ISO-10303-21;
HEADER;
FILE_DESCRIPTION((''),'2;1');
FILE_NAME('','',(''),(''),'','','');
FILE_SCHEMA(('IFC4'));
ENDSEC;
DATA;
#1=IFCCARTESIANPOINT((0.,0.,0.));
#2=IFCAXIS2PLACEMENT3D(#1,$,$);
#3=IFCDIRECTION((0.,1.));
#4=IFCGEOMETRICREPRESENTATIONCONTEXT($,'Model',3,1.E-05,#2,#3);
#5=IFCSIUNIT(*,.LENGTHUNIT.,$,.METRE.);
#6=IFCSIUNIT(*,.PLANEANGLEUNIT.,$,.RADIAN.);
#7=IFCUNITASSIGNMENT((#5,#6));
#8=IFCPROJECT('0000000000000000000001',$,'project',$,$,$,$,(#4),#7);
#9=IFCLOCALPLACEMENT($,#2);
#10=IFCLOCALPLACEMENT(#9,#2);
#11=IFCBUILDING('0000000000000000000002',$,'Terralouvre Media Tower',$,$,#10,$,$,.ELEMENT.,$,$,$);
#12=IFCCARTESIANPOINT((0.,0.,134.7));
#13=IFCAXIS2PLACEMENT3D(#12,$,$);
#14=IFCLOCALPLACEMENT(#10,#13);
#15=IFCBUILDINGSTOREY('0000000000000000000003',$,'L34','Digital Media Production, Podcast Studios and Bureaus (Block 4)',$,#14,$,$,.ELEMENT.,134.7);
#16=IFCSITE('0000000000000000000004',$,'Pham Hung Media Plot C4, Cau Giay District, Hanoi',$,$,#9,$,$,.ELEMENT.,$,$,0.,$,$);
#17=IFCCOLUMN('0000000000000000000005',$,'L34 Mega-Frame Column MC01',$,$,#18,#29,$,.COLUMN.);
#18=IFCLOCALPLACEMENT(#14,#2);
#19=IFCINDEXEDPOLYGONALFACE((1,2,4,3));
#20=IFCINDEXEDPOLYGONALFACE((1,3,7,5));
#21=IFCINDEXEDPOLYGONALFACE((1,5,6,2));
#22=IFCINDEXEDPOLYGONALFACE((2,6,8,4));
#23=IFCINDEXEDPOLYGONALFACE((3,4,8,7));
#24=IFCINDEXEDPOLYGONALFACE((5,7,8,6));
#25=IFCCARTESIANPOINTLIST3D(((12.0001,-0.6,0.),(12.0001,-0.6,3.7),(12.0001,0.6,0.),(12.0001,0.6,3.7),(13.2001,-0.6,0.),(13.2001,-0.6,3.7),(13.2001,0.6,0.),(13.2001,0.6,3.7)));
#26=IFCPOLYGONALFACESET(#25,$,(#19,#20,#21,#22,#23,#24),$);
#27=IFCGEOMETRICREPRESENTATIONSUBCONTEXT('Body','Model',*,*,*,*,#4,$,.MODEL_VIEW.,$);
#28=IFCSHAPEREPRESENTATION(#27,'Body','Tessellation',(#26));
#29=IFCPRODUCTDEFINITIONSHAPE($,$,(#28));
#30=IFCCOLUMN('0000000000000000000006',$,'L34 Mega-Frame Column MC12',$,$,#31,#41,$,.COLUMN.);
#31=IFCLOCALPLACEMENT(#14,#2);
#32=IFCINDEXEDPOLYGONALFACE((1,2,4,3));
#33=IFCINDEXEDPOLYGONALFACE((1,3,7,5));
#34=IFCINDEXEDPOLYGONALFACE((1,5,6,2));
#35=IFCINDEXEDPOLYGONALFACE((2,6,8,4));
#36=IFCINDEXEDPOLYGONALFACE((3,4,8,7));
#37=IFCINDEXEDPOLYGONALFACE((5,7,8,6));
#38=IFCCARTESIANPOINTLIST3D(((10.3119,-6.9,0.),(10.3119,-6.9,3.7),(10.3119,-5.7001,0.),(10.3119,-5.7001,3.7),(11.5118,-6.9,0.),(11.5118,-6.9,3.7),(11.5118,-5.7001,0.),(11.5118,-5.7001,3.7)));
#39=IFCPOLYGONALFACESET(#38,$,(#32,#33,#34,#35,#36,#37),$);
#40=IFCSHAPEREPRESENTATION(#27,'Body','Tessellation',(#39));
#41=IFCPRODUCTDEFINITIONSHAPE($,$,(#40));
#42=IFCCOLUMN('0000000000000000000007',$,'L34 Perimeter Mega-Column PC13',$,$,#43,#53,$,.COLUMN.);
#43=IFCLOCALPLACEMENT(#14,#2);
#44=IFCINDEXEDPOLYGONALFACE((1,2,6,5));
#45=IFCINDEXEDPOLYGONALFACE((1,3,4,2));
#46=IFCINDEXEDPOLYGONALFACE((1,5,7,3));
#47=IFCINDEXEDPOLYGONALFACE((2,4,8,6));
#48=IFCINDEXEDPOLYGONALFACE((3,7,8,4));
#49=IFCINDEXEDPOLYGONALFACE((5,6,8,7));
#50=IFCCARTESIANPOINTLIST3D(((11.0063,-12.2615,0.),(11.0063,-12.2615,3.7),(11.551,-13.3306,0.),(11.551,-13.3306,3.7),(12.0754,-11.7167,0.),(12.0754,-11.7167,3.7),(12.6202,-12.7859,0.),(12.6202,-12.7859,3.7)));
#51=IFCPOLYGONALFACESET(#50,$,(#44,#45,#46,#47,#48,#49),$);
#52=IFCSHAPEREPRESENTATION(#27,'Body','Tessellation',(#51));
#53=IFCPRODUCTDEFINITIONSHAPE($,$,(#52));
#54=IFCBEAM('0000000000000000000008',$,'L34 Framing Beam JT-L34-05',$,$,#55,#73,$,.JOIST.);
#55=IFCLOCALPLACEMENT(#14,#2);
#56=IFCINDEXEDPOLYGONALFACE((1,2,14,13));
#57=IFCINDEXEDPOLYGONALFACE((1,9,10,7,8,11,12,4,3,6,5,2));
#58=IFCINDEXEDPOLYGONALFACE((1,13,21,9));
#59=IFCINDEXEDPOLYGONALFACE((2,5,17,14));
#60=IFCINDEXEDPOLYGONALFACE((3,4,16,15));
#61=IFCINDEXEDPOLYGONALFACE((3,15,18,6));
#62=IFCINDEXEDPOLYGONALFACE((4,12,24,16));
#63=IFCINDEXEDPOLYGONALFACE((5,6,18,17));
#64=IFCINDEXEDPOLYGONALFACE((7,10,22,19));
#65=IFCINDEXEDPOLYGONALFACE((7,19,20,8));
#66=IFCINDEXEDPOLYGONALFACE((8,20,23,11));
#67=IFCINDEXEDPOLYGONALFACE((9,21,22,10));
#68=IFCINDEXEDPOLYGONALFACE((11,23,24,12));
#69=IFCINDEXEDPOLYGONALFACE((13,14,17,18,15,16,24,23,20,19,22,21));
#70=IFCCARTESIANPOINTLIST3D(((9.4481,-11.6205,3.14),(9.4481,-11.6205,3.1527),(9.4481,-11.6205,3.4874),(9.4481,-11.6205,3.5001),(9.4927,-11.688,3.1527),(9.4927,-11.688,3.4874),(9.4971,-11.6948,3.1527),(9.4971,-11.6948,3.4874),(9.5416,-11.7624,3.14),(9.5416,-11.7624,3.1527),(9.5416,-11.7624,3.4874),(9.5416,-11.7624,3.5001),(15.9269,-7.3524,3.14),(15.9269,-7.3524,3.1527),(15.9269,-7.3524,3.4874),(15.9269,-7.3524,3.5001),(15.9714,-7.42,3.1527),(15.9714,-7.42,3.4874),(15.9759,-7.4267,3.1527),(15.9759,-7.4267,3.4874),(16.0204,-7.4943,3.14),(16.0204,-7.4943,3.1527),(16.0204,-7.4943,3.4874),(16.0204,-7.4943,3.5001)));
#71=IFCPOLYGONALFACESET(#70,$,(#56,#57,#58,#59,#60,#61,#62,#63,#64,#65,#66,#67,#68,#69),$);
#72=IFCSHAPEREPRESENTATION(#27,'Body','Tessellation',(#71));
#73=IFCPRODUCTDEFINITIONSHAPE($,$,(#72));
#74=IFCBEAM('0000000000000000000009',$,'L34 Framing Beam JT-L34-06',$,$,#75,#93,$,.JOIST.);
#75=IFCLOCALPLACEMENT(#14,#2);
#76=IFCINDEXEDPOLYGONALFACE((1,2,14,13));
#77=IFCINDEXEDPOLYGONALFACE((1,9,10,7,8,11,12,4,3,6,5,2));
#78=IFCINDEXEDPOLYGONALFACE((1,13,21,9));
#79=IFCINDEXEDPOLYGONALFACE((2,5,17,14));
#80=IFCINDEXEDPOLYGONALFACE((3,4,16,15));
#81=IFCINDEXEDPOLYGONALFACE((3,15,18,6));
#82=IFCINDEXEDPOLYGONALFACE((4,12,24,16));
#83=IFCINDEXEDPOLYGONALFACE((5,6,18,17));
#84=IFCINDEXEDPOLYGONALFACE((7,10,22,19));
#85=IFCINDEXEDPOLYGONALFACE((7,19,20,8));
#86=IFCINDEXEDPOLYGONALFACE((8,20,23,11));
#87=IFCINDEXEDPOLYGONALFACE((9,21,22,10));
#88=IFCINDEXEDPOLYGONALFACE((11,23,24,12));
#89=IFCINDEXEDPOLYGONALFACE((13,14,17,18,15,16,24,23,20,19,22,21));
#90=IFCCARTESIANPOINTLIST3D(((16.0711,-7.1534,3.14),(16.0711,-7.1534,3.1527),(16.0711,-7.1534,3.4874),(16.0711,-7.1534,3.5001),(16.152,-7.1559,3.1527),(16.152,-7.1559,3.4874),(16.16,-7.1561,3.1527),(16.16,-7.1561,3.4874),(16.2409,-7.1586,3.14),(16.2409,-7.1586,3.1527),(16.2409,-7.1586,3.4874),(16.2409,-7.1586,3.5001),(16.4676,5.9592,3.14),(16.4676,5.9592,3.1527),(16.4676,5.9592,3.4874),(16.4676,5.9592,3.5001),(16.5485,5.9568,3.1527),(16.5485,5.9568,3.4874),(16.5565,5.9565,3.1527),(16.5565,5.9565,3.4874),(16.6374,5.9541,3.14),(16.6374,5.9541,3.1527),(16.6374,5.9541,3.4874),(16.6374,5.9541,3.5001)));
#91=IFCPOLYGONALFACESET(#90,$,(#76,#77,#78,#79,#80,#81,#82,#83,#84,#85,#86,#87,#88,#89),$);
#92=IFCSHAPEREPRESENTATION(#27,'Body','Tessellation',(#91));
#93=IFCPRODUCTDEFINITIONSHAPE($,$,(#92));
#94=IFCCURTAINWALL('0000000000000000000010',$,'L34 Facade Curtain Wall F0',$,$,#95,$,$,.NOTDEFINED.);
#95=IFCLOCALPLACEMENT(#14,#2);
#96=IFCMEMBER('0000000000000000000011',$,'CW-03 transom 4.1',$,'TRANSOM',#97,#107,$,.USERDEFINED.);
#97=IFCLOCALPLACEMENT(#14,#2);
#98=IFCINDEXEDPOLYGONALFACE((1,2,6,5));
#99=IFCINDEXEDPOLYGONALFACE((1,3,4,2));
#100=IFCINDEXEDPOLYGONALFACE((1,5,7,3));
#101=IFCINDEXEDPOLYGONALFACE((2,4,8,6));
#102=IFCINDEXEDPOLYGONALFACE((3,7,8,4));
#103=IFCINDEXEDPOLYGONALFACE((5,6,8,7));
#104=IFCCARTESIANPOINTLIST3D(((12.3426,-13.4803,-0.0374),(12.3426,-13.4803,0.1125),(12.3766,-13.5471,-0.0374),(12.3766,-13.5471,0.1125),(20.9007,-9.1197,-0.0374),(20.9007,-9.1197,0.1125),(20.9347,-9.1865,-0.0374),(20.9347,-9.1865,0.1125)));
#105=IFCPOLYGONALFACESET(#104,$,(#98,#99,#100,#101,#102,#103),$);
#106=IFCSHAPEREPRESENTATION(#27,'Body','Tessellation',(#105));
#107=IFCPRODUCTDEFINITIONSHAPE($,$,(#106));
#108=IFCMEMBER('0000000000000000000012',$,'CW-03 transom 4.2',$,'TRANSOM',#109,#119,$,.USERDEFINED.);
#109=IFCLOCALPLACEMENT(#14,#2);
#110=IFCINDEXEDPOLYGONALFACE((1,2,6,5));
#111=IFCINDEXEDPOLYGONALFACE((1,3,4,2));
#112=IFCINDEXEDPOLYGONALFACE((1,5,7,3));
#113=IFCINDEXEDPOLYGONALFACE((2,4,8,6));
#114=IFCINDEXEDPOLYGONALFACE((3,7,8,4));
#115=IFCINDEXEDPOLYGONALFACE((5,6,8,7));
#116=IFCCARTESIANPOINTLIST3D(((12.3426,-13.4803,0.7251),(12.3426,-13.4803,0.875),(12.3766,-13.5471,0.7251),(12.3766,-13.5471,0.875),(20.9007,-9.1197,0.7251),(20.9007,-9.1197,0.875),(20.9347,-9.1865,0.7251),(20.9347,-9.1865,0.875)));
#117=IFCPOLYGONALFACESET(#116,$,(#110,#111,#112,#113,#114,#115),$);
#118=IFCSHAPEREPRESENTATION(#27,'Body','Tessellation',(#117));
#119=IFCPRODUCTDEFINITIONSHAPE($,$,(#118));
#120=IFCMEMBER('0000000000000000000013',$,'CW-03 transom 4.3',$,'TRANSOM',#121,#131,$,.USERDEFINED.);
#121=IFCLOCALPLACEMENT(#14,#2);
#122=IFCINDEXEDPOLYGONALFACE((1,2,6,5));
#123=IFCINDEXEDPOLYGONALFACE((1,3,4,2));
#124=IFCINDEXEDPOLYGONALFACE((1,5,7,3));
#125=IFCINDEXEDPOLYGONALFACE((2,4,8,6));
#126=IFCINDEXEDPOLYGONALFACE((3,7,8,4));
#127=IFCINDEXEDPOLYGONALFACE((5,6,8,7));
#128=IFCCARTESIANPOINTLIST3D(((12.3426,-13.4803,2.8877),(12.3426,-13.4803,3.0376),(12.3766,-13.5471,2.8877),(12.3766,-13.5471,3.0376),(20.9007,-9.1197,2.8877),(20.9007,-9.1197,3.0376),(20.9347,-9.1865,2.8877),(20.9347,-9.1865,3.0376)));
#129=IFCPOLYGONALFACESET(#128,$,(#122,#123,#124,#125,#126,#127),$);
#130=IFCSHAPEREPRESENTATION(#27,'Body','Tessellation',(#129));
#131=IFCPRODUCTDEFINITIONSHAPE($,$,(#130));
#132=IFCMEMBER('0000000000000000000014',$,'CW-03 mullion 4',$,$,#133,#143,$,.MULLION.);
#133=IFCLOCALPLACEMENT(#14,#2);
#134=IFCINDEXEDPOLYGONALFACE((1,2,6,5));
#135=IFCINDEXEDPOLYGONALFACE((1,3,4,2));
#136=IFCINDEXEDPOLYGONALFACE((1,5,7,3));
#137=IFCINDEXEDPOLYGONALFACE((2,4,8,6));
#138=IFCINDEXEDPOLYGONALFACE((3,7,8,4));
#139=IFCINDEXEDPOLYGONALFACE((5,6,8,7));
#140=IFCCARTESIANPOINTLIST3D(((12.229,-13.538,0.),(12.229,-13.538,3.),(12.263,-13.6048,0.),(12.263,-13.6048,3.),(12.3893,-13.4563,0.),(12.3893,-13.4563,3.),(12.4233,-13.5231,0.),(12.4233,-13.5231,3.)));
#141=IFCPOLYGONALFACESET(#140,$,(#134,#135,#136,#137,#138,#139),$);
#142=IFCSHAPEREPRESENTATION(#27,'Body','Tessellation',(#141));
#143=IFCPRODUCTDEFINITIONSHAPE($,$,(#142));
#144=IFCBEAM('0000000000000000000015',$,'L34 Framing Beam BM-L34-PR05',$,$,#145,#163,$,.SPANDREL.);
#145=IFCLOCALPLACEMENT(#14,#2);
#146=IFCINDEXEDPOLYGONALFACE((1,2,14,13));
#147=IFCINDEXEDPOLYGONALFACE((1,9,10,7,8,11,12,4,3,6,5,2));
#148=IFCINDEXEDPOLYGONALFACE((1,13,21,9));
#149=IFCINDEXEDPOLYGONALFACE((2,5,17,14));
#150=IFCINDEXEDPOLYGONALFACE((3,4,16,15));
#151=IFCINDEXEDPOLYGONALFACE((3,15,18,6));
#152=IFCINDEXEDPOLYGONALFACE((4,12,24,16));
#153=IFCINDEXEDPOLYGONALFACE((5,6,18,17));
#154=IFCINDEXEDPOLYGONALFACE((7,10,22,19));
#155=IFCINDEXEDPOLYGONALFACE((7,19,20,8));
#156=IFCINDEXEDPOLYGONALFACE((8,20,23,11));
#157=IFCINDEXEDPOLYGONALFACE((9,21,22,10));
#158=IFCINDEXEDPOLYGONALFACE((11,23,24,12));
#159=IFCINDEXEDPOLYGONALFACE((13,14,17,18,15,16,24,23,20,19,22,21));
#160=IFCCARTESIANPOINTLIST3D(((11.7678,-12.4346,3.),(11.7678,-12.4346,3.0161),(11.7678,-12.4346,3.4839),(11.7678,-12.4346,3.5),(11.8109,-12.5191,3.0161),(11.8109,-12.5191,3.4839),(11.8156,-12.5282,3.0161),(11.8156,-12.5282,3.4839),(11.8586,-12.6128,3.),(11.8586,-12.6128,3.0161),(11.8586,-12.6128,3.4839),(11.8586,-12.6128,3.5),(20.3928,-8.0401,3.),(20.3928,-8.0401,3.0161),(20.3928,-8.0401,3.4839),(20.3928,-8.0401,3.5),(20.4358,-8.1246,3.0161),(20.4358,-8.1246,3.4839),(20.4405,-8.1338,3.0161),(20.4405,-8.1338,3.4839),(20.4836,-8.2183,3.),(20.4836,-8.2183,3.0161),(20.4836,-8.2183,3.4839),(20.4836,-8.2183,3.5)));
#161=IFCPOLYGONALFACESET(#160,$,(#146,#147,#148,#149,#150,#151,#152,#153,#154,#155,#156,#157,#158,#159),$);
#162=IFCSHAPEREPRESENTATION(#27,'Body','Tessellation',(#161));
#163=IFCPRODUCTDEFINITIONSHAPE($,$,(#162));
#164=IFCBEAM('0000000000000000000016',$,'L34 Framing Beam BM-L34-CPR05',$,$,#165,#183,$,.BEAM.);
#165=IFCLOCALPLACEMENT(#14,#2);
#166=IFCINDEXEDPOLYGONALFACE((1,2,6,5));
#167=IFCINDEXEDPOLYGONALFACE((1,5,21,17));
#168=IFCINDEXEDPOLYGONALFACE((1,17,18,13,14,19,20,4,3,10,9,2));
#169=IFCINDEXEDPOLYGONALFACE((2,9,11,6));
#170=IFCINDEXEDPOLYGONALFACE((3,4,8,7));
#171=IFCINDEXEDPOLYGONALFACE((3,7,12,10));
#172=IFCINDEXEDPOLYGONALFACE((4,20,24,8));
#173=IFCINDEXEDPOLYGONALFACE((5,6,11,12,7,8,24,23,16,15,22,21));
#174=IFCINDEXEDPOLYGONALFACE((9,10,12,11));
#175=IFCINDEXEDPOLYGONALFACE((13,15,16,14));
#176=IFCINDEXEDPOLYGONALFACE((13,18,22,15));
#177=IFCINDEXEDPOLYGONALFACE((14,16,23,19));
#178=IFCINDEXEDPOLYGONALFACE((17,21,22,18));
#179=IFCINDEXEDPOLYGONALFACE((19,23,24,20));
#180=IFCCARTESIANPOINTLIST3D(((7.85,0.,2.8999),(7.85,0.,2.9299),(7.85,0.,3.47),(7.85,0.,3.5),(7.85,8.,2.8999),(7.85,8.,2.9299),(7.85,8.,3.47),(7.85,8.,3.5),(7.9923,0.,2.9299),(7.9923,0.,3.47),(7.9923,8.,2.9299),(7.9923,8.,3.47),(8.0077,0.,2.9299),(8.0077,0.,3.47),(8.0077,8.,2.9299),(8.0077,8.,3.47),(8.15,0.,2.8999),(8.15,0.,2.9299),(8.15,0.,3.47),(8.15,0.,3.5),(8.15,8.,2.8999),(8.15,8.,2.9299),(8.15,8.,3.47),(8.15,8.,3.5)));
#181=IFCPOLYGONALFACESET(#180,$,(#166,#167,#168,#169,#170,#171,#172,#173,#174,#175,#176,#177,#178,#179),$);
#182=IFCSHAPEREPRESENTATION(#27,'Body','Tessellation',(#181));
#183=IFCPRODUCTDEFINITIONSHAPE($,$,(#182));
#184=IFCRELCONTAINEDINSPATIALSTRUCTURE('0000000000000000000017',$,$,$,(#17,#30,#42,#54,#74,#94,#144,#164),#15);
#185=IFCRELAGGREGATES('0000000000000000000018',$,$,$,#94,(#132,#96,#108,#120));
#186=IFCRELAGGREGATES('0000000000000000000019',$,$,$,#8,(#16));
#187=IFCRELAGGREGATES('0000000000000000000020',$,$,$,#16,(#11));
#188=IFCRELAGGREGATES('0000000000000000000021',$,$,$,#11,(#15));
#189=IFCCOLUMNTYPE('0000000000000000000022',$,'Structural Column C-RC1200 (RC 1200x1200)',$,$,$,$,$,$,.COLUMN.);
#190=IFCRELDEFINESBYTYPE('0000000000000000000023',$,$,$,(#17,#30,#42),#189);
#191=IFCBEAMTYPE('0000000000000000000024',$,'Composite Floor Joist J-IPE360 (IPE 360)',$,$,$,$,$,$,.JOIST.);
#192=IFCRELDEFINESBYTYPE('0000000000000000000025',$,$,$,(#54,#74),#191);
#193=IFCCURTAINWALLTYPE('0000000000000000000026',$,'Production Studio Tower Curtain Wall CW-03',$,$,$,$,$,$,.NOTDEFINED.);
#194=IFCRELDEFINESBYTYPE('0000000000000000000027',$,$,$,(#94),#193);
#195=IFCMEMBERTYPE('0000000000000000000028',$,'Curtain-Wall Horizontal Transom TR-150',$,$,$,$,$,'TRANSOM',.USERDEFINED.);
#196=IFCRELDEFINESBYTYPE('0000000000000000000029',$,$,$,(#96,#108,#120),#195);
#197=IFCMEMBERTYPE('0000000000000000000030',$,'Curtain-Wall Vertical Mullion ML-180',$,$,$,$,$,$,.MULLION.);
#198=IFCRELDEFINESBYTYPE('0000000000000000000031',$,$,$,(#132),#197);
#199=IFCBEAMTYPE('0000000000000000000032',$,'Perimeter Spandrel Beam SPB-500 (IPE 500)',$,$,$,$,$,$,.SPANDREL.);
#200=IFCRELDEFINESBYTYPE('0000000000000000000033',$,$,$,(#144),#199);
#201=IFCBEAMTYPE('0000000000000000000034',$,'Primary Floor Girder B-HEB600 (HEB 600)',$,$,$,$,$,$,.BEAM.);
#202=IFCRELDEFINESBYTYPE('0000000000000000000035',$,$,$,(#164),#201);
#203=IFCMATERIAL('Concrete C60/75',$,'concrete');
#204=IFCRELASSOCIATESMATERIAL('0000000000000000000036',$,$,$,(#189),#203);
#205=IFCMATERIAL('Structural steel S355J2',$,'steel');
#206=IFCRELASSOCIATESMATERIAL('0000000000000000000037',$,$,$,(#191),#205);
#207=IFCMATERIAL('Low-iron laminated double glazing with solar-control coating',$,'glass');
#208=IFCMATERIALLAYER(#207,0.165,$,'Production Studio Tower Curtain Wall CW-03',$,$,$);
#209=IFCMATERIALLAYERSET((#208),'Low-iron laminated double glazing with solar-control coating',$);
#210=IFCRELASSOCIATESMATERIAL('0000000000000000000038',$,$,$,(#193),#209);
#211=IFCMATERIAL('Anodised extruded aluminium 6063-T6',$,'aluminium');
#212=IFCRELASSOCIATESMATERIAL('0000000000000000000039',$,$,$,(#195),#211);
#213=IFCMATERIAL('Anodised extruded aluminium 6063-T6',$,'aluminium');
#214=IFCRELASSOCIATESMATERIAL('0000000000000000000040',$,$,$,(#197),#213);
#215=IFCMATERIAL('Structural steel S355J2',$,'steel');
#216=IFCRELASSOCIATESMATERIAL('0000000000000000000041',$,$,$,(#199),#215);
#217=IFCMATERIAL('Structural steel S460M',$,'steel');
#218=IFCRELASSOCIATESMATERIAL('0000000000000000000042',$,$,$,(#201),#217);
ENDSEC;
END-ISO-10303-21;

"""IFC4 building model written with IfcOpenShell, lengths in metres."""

from ifc_helpers import new_model, si_unit, direction, frame, origin, origin_2d, place, context, subcontext, project, spatial, rectangle, i_section, extrude, material, layer, layer_set, material_profile, profile_set, type_object, element, aggregate, save


model = new_model("IFC4")

# Units and contexts
model_context = context("Model", 3, precision=1e-05, world=origin(), true_north=direction((0.0, 1.0)))
body_context = subcontext(model_context, "Body", "Model", "MODEL_VIEW")
ifc_project = project(units=[si_unit("LENGTHUNIT", "METRE"), si_unit("PLANEANGLEUNIT", "RADIAN")], contexts=[model_context])

# Site, building, storey
site_placement = place(None, origin())
site = spatial("IfcSite", under=ifc_project, at=site_placement, Name="Pham Hung Media Plot C4, Cau Giay District, Hanoi", CompositionType="ELEMENT", RefElevation=0.0)
building_placement = place(site_placement, origin())
building = spatial("IfcBuilding", under=site, at=building_placement, Name="Terralouvre Media Tower", CompositionType="ELEMENT")
storey_placement = place(building_placement, frame((0.0, 0.0, 134.7)))
storey = spatial("IfcBuildingStorey", under=building, at=storey_placement, Name="L34", Description="Digital Media Production, Podcast Studios and Bureaus (Block 4)", CompositionType="ELEMENT", Elevation=134.7)

# Columns
ifc_material_1 = material(Name="Concrete C60/75", Category="concrete")
ifc_material_profile_1 = material_profile(ifc_material_1, rectangle(XDim=1.2, YDim=1.2, at=origin_2d()), Name="RC 1200x1200")
ifc_profile_set_1 = profile_set([ifc_material_profile_1], Name="Concrete C60/75")
column_type = type_object("IfcColumnType", Name="Structural Column C-RC1200 (RC 1200x1200)", PredefinedType="COLUMN", material=ifc_profile_set_1)
for number, where, z_axis, x_axis, name in (
    (1, (12.6001, 0.0, 0.0), (0.0, 0.0, 1.0), (1.0, 0.0, 0.0), "L34 Mega-Frame Column MC01"),
    (2, (10.9119, -6.3, 0.0), (0.0, 0.0, 1.0), (1.0, 0.0, 0.0), "L34 Mega-Frame Column MC12"),
    (3, (11.8132, -12.5237, 0.0), (0.0, 0.0, 1.0), (0.891007, 0.45399, 0.0), "L34 Perimeter Mega-Column PC13"),
):
    element("IfcColumn", number, at=place(storey_placement, frame(where, z_axis=z_axis, x_axis=x_axis)), inside=storey, type_object=column_type, Name=name, PredefinedType="COLUMN", context=body_context, shape_type="SweptSolid", body=[
        extrude(rectangle(XDim=1.2, YDim=1.2, at=origin_2d()), origin(), (0.0, 0.0, 1.0), 3.7),
    ])

# Beams
ifc_material_2 = material(Name="Structural steel S355J2", Category="steel")
ifc_material_profile_2 = material_profile(ifc_material_2, i_section(OverallWidth=0.1699, OverallDepth=0.3601, WebThickness=0.0081, FlangeThickness=0.0127, at=origin_2d()), Name="IPE 360")
ifc_profile_set_2 = profile_set([ifc_material_profile_2], Name="Structural steel S355J2")
beam_type_1 = type_object("IfcBeamType", Name="Composite Floor Joist J-IPE360 (IPE 360)", PredefinedType="JOIST", material=ifc_profile_set_2)
beam_1_placement = place(storey_placement, frame((9.4949, -11.6914, 3.3201), z_axis=(0.835078, 0.550131, 0.0), x_axis=(-0.550131, 0.835078, 0.0)))
element("IfcBeam", 4, at=beam_1_placement, inside=storey, type_object=beam_type_1, Name="L34 Framing Beam JT-L34-05", PredefinedType="JOIST", context=body_context, shape_type="SweptSolid", body=[
    extrude(i_section(OverallWidth=0.1699, OverallDepth=0.3601, WebThickness=0.0081, FlangeThickness=0.0127, at=origin_2d()), origin(), (0.0, 0.0, 1.0), 7.7583),
])
beam_2_placement = place(storey_placement, frame((16.156, -7.156, 3.3201), z_axis=(0.030223, 0.999543, 0.0), x_axis=(-0.999543, 0.030223, 0.0)))
element("IfcBeam", 5, at=beam_2_placement, inside=storey, type_object=beam_type_1, Name="L34 Framing Beam JT-L34-06", PredefinedType="JOIST", context=body_context, shape_type="SweptSolid", body=[
    extrude(i_section(OverallWidth=0.1699, OverallDepth=0.3601, WebThickness=0.0081, FlangeThickness=0.0127, at=origin_2d()), origin(), (0.0, 0.0, 1.0), 13.1187),
])

# Curtain wall, members
ifc_material_3 = material(Name="Low-iron laminated double glazing with solar-control coating", Category="glass")
ifc_layer_1 = layer(ifc_material_3, 0.165, Name="Production Studio Tower Curtain Wall CW-03")
ifc_layer_set_1 = layer_set([ifc_layer_1], Name="Low-iron laminated double glazing with solar-control coating")
curtain_wall_type = type_object("IfcCurtainWallType", Name="Production Studio Tower Curtain Wall CW-03", PredefinedType="NOTDEFINED", material=ifc_layer_set_1)
curtain_wall_placement = place(storey_placement, origin())
curtain_wall = element("IfcCurtainWall", 6, at=curtain_wall_placement, inside=storey, type_object=curtain_wall_type, Name="L34 Facade Curtain Wall F0", PredefinedType="NOTDEFINED")
ifc_material_4 = material(Name="Anodised extruded aluminium 6063-T6", Category="aluminium")
ifc_material_profile_3 = material_profile(ifc_material_4, rectangle(XDim=0.075, YDim=0.1499, at=origin_2d()), Name="ALU 75x150")
ifc_profile_set_3 = profile_set([ifc_material_profile_3], Name="Anodised extruded aluminium 6063-T6")
member_type_1 = type_object("IfcMemberType", Name="Curtain-Wall Horizontal Transom TR-150", ElementType="TRANSOM", PredefinedType="USERDEFINED", material=ifc_profile_set_3)
member_1_placement = place(storey_placement, frame((12.3596, -13.5137, 0.0376), z_axis=(0.891006, 0.453992, 0.0), x_axis=(-0.453992, 0.891006, 0.0)))
member_1 = element("IfcMember", 7, at=member_1_placement, type_object=member_type_1, Name="CW-03 transom 4.1", ObjectType="TRANSOM", PredefinedType="USERDEFINED", context=body_context, shape_type="SweptSolid", body=[
    extrude(rectangle(XDim=0.075, YDim=0.1499, at=origin_2d()), origin(), (0.0, 0.0, 1.0), 9.605),
])
member_2_placement = place(storey_placement, frame((12.3596, -13.5137, 0.8), z_axis=(0.891006, 0.453992, 0.0), x_axis=(-0.453992, 0.891006, 0.0)))
member_2 = element("IfcMember", 8, at=member_2_placement, type_object=member_type_1, Name="CW-03 transom 4.2", ObjectType="TRANSOM", PredefinedType="USERDEFINED", context=body_context, shape_type="SweptSolid", body=[
    extrude(rectangle(XDim=0.075, YDim=0.1499, at=origin_2d()), origin(), (0.0, 0.0, 1.0), 9.605),
])
member_3_placement = place(storey_placement, frame((12.3596, -13.5137, 2.9626), z_axis=(0.891006, 0.453992, 0.0), x_axis=(-0.453992, 0.891006, 0.0)))
member_3 = element("IfcMember", 9, at=member_3_placement, type_object=member_type_1, Name="CW-03 transom 4.3", ObjectType="TRANSOM", PredefinedType="USERDEFINED", context=body_context, shape_type="SweptSolid", body=[
    extrude(rectangle(XDim=0.075, YDim=0.1499, at=origin_2d()), origin(), (0.0, 0.0, 1.0), 9.605),
])
ifc_material_5 = material(Name="Anodised extruded aluminium 6063-T6", Category="aluminium")
ifc_material_profile_4 = material_profile(ifc_material_5, rectangle(XDim=0.075, YDim=0.1799, at=origin_2d()), Name="ALU 75x180")
ifc_profile_set_4 = profile_set([ifc_material_profile_4], Name="Anodised extruded aluminium 6063-T6")
member_type_2 = type_object("IfcMemberType", Name="Curtain-Wall Vertical Mullion ML-180", PredefinedType="MULLION", material=ifc_profile_set_4)
member_4_placement = place(storey_placement, frame((12.3262, -13.5305, 0.0), z_axis=(0.0, 0.0, 1.0), x_axis=(-0.453991, 0.891007, 0.0)))
member_4 = element("IfcMember", 10, at=member_4_placement, type_object=member_type_2, Name="CW-03 mullion 4", PredefinedType="MULLION", context=body_context, shape_type="SweptSolid", body=[
    extrude(rectangle(XDim=0.075, YDim=0.1799, at=origin_2d()), origin(), (0.0, 0.0, 1.0), 3.0),
])

# Beams
ifc_material_6 = material(Name="Structural steel S355J2", Category="steel")
ifc_material_profile_5 = material_profile(ifc_material_6, i_section(OverallWidth=0.2, OverallDepth=0.5, WebThickness=0.0103, FlangeThickness=0.0161, at=origin_2d()), Name="IPE 500")
ifc_profile_set_5 = profile_set([ifc_material_profile_5], Name="Structural steel S355J2")
beam_type_2 = type_object("IfcBeamType", Name="Perimeter Spandrel Beam SPB-500 (IPE 500)", PredefinedType="SPANDREL", material=ifc_profile_set_5)
beam_3_placement = place(storey_placement, frame((11.8132, -12.5237, 3.25), z_axis=(0.891012, 0.45398, 0.0), x_axis=(-0.45398, 0.891012, 0.0)))
element("IfcBeam", 11, at=beam_3_placement, inside=storey, type_object=beam_type_2, Name="L34 Framing Beam BM-L34-PR05", PredefinedType="SPANDREL", context=body_context, shape_type="SweptSolid", body=[
    extrude(i_section(OverallWidth=0.2, OverallDepth=0.5, WebThickness=0.0103, FlangeThickness=0.0161, at=origin_2d()), origin(), (0.0, 0.0, 1.0), 9.6799),
])
ifc_material_7 = material(Name="Structural steel S460M", Category="steel")
ifc_material_profile_6 = material_profile(ifc_material_7, i_section(OverallWidth=0.3, OverallDepth=0.6001, WebThickness=0.0154, FlangeThickness=0.03, at=origin_2d()), Name="HEB 600")
ifc_profile_set_6 = profile_set([ifc_material_profile_6], Name="Structural steel S460M")
beam_type_3 = type_object("IfcBeamType", Name="Primary Floor Girder B-HEB600 (HEB 600)", PredefinedType="BEAM", material=ifc_profile_set_6)
beam_4_placement = place(storey_placement, frame((8.0, 0.0, 3.2), z_axis=(0.0, 1.0, 0.0), x_axis=(-1.0, 0.0, 0.0)))
element("IfcBeam", 12, at=beam_4_placement, inside=storey, type_object=beam_type_3, Name="L34 Framing Beam BM-L34-CPR05", PredefinedType="BEAM", context=body_context, shape_type="SweptSolid", body=[
    extrude(i_section(OverallWidth=0.3, OverallDepth=0.6001, WebThickness=0.0154, FlangeThickness=0.03, at=origin_2d()), origin(), (0.0, 0.0, 1.0), 8.0),
])

aggregate(curtain_wall, [member_4, member_1, member_2, member_3])

save(model, "model.ifc")
